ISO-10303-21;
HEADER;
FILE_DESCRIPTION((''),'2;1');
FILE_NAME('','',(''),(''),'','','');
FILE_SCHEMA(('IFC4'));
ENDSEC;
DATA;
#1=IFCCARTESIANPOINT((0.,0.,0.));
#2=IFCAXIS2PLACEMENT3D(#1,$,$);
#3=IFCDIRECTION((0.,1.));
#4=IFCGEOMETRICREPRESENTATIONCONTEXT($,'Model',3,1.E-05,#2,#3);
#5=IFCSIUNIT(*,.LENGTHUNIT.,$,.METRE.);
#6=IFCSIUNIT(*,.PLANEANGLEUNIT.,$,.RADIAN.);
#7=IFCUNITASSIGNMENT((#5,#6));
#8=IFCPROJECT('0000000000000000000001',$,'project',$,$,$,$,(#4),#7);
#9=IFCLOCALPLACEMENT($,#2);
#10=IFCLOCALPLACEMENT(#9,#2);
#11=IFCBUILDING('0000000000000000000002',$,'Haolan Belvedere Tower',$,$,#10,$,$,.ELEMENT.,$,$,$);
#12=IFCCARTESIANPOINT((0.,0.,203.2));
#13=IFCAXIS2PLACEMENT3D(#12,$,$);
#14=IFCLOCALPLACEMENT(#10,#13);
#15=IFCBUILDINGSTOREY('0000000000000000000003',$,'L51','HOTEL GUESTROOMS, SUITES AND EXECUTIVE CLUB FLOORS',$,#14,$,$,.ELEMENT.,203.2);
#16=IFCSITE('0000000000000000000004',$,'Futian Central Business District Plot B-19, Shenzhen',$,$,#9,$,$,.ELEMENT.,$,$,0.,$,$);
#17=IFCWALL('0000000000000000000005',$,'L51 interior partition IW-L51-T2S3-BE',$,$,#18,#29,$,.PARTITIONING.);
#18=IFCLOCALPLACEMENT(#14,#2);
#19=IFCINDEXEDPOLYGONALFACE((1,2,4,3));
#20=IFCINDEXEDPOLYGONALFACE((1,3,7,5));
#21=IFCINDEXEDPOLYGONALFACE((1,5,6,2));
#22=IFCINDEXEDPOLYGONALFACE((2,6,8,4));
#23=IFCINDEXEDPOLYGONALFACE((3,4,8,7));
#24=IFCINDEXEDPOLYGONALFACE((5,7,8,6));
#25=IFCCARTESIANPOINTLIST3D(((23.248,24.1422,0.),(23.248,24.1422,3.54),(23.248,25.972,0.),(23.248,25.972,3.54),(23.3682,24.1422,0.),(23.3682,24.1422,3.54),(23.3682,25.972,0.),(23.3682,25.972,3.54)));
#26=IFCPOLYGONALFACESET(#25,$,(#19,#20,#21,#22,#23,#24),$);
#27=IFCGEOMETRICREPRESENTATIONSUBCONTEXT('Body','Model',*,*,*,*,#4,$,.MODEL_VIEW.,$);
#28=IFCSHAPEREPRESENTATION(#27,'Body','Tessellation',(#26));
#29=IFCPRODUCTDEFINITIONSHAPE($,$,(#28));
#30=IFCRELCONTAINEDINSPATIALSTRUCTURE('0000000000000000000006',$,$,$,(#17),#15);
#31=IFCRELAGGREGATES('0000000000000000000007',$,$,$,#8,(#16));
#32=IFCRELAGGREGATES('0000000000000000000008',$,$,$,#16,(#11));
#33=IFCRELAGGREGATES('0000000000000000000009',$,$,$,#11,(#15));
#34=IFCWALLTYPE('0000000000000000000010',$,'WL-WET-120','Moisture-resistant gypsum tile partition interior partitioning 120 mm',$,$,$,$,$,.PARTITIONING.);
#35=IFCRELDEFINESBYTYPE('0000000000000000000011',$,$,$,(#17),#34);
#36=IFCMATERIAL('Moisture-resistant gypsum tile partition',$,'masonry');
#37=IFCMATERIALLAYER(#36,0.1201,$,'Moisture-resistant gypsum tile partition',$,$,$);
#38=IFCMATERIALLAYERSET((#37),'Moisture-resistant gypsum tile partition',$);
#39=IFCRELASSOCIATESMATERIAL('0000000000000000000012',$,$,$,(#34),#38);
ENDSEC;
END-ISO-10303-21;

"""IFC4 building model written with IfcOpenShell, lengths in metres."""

from ifc_helpers import new_model, si_unit, direction, frame, frame_2d, origin, place, context, subcontext, project, spatial, rectangle, extrude, material, layer, layer_set, type_object, element, save


model = new_model("IFC4")

# Units and contexts
model_context = context("Model", 3, precision=1e-05, world=origin(), true_north=direction((0.0, 1.0)))
body_context = subcontext(model_context, "Body", "Model", "MODEL_VIEW")
ifc_project = project(units=[si_unit("LENGTHUNIT", "METRE"), si_unit("PLANEANGLEUNIT", "RADIAN")], contexts=[model_context])

# Site, building, storey
site_placement = place(None, origin())
site = spatial("IfcSite", under=ifc_project, at=site_placement, Name="Futian Central Business District Plot B-19, Shenzhen", CompositionType="ELEMENT", RefElevation=0.0)
building_placement = place(site_placement, origin())
building = spatial("IfcBuilding", under=site, at=building_placement, Name="Haolan Belvedere Tower", CompositionType="ELEMENT")
storey_placement = place(building_placement, frame((0.0, 0.0, 203.2)))
storey = spatial("IfcBuildingStorey", under=building, at=storey_placement, Name="L51", Description="HOTEL GUESTROOMS, SUITES AND EXECUTIVE CLUB FLOORS", CompositionType="ELEMENT", Elevation=203.2)

# Shared definitions
ifc_material_1 = material(Name="Moisture-resistant gypsum tile partition", Category="masonry")
ifc_layer_1 = layer(ifc_material_1, 0.1201, Name="Moisture-resistant gypsum tile partition")
ifc_layer_set_1 = layer_set([ifc_layer_1], Name="Moisture-resistant gypsum tile partition")
wall_type_1 = type_object("IfcWallType", Name="WL-WET-120", Description="Moisture-resistant gypsum tile partition interior partitioning 120 mm", PredefinedType="PARTITIONING", material=ifc_layer_set_1)

# Wall
for number, where, z_axis, x_axis, name in (
    (1, (23.3081, 24.1421, 0.0), (0.0, 0.0, 1.0), (0.0, 1.0, 0.0), "L51 interior partition IW-L51-T2S3-BE"),
):
    element("IfcWall", number, at=place(storey_placement, frame(where, z_axis=z_axis, x_axis=x_axis)), inside=storey, type_object=wall_type_1, Name=name, PredefinedType="PARTITIONING", context=body_context, shape_type="SweptSolid", body=[
        extrude(rectangle(XDim=1.8298, YDim=0.1201, at=frame_2d((0.915, 0.0))), origin(), (0.0, 0.0, 1.0), 3.54),
    ])

save(model, "model.ifc")
